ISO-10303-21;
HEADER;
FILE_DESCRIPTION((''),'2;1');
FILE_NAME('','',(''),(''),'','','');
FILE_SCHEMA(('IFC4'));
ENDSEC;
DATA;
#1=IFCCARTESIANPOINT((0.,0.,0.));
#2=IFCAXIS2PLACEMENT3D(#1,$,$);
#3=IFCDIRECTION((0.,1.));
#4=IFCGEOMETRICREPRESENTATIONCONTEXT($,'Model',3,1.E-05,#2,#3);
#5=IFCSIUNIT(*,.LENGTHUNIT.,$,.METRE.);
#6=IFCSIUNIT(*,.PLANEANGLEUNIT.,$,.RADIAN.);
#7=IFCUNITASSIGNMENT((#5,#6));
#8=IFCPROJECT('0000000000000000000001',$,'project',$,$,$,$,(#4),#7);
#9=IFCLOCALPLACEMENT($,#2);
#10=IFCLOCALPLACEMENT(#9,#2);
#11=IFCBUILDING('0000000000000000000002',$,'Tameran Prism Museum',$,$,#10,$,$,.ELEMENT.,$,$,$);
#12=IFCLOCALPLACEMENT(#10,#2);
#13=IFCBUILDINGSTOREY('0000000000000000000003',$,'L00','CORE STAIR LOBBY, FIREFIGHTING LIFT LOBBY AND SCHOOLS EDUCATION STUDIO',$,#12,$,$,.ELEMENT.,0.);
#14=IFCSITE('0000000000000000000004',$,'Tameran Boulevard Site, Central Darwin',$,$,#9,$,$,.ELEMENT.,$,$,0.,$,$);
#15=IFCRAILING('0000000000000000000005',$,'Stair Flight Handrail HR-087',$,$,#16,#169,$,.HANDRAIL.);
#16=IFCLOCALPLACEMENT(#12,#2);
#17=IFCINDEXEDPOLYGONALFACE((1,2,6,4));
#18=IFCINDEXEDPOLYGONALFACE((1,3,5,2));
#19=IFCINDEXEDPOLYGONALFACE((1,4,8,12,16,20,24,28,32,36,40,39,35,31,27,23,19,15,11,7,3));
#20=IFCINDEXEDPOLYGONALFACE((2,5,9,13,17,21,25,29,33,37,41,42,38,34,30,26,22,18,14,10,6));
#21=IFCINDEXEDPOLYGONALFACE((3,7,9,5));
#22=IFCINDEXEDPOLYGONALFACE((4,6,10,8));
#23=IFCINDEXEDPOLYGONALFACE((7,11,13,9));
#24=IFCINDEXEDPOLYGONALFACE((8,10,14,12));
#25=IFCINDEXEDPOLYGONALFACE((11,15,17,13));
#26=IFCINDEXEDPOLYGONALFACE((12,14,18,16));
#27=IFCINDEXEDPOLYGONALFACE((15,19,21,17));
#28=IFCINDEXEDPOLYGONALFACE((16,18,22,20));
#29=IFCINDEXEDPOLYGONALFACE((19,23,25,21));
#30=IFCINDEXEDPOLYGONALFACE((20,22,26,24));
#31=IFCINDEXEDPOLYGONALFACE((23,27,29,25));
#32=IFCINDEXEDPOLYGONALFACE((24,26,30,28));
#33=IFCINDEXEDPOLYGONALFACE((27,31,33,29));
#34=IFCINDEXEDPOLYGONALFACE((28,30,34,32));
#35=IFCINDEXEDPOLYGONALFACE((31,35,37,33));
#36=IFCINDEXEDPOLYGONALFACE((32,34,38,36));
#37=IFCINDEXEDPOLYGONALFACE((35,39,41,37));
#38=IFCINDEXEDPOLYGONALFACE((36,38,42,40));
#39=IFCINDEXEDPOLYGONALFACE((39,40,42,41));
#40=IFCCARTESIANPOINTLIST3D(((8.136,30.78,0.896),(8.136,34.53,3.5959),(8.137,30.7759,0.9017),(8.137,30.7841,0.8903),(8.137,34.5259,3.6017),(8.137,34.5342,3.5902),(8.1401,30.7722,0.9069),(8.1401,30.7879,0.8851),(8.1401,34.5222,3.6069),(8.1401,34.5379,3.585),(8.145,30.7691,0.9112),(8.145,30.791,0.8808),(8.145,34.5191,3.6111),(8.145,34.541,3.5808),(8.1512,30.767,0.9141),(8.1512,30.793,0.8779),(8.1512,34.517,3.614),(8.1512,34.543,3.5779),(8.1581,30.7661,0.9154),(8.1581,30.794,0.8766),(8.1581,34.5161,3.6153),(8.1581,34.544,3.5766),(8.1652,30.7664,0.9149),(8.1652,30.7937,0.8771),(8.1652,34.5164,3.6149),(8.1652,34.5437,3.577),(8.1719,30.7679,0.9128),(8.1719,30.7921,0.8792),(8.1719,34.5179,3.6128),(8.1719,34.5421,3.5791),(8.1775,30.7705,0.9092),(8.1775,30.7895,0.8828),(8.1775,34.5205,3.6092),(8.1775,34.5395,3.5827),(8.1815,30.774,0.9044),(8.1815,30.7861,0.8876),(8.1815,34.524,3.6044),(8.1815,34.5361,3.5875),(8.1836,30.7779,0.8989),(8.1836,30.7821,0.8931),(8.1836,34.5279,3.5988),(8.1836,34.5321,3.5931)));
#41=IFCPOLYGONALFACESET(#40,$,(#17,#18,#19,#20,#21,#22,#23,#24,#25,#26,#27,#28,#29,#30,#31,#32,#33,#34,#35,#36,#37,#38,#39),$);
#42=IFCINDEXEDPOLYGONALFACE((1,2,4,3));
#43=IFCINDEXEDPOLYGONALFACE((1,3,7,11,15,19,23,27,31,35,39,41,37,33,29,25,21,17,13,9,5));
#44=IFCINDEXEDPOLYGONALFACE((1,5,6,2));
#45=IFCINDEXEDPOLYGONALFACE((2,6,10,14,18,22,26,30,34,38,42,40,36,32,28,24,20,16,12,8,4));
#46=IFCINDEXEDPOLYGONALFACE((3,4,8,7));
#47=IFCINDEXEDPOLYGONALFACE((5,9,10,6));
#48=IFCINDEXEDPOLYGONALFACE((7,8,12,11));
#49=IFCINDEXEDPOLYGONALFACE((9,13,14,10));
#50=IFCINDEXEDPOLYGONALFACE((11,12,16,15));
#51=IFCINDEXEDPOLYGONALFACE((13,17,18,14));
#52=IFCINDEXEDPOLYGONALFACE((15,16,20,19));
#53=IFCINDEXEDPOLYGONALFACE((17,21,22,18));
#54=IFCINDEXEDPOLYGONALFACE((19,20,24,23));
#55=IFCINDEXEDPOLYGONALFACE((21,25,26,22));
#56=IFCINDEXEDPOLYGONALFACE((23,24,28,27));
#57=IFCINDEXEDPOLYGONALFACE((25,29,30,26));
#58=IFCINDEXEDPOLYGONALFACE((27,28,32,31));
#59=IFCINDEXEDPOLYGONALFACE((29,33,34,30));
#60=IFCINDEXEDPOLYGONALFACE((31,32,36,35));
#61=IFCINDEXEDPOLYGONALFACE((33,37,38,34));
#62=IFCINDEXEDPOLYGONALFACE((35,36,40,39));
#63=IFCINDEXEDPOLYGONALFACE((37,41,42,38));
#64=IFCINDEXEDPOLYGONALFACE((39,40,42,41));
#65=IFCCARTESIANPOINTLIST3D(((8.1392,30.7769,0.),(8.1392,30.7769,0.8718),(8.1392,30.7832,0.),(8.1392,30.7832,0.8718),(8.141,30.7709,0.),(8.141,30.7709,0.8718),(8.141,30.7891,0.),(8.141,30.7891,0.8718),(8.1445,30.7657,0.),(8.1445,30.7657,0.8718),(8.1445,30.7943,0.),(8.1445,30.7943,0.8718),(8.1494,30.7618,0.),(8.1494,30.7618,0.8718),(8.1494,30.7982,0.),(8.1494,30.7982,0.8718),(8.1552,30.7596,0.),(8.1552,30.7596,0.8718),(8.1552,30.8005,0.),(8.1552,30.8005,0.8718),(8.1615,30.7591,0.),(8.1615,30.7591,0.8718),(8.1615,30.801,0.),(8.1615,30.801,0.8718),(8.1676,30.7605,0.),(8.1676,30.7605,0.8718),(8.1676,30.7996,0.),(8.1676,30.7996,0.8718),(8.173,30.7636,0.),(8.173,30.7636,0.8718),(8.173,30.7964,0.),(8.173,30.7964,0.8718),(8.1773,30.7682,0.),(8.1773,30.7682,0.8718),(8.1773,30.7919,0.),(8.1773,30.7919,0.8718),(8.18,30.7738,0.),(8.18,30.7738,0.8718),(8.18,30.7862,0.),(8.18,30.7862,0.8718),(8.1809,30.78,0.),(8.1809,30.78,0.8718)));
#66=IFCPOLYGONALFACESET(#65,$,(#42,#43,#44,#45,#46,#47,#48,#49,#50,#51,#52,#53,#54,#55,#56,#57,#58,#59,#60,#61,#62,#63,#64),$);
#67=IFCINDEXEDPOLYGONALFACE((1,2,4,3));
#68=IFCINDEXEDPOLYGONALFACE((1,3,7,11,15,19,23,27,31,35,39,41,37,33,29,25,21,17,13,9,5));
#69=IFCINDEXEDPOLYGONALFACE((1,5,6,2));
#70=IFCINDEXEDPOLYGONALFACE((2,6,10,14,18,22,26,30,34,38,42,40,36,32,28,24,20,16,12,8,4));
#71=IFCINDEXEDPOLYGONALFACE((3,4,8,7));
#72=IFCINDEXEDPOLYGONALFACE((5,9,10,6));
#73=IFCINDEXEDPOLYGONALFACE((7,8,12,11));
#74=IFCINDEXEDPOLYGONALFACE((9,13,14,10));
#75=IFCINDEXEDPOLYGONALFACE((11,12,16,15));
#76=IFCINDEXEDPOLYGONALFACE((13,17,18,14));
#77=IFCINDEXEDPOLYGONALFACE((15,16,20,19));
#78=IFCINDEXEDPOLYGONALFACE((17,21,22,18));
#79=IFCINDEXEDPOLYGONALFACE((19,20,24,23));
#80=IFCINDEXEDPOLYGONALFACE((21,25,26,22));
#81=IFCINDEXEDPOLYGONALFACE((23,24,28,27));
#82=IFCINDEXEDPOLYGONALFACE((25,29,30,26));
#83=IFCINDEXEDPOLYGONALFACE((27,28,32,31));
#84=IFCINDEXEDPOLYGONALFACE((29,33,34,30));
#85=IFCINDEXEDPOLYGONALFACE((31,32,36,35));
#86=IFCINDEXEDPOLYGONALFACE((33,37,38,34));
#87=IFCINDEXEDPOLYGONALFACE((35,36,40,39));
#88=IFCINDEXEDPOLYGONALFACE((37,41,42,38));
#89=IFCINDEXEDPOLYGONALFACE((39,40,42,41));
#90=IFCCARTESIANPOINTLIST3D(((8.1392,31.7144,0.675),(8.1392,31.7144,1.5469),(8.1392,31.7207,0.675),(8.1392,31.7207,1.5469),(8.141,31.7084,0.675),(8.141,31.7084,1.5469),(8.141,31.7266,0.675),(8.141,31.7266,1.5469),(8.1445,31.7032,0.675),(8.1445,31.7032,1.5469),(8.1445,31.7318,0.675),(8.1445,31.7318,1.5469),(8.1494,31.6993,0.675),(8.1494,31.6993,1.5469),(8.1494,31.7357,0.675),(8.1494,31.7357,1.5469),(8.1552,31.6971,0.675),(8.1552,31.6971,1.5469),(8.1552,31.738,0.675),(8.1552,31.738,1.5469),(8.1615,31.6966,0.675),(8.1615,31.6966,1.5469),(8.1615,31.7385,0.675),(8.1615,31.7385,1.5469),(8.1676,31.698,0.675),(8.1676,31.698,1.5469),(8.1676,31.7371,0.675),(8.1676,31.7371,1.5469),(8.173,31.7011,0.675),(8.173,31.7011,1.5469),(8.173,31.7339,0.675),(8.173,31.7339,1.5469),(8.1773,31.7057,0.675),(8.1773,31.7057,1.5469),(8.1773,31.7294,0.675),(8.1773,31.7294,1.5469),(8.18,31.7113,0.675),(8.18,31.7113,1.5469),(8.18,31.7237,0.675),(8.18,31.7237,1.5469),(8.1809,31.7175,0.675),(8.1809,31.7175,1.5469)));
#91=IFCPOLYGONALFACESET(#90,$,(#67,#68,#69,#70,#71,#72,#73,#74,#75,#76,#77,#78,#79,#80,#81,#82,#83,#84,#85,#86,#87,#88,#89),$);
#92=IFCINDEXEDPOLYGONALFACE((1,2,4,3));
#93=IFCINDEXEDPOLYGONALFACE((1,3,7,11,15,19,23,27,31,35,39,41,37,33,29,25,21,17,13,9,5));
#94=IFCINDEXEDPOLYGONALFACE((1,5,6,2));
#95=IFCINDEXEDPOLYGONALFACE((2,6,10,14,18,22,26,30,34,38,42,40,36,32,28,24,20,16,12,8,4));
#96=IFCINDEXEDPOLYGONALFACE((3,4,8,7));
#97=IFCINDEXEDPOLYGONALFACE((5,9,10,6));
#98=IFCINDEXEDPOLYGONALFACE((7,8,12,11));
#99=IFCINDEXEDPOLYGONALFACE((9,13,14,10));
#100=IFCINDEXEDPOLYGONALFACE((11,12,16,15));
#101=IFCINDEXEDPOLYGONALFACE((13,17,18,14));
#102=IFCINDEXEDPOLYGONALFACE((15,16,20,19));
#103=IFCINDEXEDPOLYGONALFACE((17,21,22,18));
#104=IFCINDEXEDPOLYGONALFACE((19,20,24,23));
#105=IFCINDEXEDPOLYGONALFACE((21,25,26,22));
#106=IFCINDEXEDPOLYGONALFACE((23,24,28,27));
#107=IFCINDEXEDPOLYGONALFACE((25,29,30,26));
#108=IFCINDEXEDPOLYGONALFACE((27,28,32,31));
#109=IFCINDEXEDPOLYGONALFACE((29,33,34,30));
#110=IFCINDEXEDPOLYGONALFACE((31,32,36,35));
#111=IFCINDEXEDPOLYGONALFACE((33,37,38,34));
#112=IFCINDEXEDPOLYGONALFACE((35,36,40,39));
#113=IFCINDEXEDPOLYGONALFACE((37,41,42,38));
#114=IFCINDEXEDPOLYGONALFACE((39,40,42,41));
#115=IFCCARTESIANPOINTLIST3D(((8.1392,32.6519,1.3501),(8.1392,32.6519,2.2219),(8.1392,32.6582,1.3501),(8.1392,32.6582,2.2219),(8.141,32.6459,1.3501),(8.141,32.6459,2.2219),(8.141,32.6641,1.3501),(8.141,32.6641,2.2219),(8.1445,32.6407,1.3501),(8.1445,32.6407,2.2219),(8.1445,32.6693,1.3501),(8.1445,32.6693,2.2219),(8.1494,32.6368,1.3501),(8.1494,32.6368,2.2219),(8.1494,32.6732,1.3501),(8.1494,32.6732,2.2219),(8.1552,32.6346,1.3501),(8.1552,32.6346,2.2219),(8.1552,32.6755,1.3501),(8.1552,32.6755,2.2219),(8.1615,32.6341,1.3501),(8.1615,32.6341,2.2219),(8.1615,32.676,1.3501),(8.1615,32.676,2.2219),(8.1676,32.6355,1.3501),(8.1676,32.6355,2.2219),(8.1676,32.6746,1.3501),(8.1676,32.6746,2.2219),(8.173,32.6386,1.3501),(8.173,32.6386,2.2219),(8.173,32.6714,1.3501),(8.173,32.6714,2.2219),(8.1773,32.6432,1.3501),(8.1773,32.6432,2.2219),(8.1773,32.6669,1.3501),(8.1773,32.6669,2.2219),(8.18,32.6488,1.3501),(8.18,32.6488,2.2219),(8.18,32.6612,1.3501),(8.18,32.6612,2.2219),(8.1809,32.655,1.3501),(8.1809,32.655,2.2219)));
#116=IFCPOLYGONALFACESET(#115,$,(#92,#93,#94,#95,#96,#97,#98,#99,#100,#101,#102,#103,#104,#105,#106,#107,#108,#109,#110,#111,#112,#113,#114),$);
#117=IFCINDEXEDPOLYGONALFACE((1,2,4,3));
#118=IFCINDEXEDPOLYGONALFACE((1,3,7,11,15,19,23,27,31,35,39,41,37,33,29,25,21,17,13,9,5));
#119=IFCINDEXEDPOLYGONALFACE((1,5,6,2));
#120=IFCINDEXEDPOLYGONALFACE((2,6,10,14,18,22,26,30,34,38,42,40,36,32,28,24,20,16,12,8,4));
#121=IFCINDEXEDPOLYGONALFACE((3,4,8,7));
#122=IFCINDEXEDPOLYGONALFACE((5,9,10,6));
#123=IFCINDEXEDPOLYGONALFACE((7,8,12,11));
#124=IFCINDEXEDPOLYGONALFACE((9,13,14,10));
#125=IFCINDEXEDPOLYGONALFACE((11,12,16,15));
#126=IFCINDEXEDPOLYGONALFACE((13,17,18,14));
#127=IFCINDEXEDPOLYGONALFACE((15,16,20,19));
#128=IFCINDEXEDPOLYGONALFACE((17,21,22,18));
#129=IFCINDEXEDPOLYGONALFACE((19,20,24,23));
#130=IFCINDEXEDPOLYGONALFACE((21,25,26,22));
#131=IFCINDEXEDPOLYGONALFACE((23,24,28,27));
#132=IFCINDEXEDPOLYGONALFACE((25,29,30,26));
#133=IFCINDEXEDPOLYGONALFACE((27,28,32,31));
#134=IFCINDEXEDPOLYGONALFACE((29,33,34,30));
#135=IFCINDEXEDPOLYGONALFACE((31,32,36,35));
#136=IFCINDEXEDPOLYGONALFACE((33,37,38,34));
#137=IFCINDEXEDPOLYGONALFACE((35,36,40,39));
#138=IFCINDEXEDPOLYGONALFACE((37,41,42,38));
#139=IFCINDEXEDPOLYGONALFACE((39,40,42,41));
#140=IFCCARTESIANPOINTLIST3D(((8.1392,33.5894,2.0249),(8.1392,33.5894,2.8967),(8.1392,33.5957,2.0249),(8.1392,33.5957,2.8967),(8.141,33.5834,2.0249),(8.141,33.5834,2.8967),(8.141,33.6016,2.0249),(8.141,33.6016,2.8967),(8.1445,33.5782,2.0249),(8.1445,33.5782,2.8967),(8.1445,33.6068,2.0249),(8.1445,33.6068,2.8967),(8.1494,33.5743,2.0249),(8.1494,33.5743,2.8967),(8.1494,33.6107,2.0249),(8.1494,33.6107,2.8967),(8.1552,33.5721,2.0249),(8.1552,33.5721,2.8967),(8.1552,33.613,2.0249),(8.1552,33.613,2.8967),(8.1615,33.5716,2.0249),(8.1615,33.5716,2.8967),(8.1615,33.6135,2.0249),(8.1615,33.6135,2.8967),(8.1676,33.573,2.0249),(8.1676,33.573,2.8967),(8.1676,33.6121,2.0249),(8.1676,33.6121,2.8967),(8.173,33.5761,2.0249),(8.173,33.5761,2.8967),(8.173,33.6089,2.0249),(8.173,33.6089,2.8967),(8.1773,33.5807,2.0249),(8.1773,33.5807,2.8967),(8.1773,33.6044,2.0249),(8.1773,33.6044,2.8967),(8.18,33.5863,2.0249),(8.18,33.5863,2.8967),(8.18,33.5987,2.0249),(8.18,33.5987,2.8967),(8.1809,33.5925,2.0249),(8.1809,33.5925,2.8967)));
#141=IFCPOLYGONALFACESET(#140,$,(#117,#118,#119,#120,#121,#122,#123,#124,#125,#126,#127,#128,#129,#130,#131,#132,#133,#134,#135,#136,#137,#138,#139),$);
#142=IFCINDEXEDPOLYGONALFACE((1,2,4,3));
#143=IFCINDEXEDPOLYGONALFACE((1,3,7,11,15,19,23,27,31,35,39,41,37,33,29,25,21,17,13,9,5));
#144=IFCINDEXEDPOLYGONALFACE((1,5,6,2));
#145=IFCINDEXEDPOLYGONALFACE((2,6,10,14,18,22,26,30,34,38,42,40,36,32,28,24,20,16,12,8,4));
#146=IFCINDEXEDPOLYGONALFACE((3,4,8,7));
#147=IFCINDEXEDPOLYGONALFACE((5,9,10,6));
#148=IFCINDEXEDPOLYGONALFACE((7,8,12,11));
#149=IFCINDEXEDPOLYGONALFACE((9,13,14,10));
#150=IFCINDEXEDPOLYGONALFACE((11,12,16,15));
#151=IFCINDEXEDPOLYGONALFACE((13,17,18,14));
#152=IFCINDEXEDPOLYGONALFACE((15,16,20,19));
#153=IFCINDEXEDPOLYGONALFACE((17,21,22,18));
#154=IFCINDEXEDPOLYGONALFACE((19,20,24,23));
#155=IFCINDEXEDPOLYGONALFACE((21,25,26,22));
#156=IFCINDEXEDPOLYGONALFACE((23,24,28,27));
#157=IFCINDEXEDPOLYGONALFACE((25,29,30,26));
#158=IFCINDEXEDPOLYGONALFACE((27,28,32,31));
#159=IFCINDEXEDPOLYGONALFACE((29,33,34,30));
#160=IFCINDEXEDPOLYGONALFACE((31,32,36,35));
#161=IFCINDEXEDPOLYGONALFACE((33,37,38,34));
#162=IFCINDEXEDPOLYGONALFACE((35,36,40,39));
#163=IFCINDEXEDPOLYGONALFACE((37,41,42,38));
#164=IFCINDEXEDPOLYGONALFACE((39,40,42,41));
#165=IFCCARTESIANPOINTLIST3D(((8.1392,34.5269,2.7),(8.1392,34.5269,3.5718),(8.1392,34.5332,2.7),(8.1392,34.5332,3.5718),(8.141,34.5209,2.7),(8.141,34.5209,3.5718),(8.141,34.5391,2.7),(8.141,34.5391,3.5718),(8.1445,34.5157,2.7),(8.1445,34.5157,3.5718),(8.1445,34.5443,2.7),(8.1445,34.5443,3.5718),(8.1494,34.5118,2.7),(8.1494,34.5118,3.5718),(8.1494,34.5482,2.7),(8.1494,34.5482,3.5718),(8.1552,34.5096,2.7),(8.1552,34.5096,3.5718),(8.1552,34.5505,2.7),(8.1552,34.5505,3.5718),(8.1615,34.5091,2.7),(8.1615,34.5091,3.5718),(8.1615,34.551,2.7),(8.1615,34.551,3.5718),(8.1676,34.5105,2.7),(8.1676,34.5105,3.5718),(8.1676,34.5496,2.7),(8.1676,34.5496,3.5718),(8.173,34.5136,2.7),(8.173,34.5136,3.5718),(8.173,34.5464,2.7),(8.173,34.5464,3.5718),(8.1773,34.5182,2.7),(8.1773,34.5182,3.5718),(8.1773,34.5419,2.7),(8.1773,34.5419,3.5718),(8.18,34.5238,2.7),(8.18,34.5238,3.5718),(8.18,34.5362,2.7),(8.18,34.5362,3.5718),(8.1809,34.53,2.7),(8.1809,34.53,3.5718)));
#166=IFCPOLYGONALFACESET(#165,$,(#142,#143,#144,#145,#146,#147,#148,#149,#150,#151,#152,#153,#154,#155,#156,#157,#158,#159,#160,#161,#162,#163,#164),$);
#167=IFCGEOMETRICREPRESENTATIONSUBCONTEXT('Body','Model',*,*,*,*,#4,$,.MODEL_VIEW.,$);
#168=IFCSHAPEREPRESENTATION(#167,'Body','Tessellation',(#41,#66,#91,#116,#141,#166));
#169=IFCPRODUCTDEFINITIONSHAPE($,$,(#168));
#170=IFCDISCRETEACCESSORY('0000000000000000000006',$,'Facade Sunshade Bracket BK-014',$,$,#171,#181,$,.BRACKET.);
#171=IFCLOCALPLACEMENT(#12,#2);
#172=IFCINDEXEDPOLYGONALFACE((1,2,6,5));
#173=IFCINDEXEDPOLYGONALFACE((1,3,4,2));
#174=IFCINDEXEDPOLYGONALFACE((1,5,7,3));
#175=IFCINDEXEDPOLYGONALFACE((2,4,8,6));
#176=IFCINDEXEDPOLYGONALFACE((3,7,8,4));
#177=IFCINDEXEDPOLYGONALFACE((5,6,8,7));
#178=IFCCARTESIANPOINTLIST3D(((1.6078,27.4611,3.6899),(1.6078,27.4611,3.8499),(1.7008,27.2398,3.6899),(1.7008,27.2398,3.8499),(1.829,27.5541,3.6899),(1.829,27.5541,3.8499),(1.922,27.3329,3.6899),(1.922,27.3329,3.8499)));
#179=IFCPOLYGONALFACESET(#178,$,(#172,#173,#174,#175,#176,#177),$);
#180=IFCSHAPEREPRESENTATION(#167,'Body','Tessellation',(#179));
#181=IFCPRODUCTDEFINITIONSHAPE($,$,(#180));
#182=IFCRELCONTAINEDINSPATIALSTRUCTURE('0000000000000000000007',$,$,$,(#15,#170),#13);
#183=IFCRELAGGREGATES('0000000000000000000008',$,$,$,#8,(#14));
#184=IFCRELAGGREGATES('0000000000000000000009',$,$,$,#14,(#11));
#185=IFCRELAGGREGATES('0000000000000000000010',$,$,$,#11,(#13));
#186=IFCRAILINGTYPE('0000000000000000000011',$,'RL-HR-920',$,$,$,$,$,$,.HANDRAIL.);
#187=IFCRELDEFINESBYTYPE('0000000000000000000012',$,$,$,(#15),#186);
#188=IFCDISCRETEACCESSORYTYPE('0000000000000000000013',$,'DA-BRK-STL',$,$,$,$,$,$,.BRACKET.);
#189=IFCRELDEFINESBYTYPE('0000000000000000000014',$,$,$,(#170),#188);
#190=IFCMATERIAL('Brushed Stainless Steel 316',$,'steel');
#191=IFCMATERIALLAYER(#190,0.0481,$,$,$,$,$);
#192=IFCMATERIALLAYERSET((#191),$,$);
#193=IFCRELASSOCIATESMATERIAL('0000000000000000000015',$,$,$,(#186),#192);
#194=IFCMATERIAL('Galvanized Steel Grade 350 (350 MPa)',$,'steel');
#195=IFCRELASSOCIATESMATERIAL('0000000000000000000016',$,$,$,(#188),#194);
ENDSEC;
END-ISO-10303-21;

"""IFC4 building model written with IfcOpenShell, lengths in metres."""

from ifc_helpers import new_model, si_unit, direction, frame, origin, origin_2d, place, context, subcontext, project, spatial, rectangle, circle, extrude, material, layer, layer_set, type_object, element, save


model = new_model("IFC4")

# Units and contexts
model_context = context("Model", 3, precision=1e-05, world=origin(), true_north=direction((0.0, 1.0)))
body_context = subcontext(model_context, "Body", "Model", "MODEL_VIEW")
ifc_project = project(units=[si_unit("LENGTHUNIT", "METRE"), si_unit("PLANEANGLEUNIT", "RADIAN")], contexts=[model_context])

# Site, building, storey
site_placement = place(None, origin())
site = spatial("IfcSite", under=ifc_project, at=site_placement, Name="Tameran Boulevard Site, Central Darwin", CompositionType="ELEMENT", RefElevation=0.0)
building_placement = place(site_placement, origin())
building = spatial("IfcBuilding", under=site, at=building_placement, Name="Tameran Prism Museum", CompositionType="ELEMENT")
storey_placement = place(building_placement, origin())
storey = spatial("IfcBuildingStorey", under=building, at=storey_placement, Name="L00", Description="CORE STAIR LOBBY, FIREFIGHTING LIFT LOBBY AND SCHOOLS EDUCATION STUDIO", CompositionType="ELEMENT", Elevation=0.0)

# Railing
ifc_material_1 = material(Name="Brushed Stainless Steel 316", Category="steel")
ifc_layer_1 = layer(ifc_material_1, 0.0481)
ifc_layer_set_1 = layer_set([ifc_layer_1])
railing_type = type_object("IfcRailingType", Name="RL-HR-920", PredefinedType="HANDRAIL", material=ifc_layer_set_1)
railing_placement = place(storey_placement, frame((8.1599, 30.78, 0.0)))
element("IfcRailing", 1, at=railing_placement, inside=storey, type_object=railing_type, Name="Stair Flight Handrail HR-087", PredefinedType="HANDRAIL", context=body_context, shape_type="SweptSolid", body=[
    extrude(circle(Radius=0.0239, at=origin_2d()), frame((0.0, 0.0, 0.896), z_axis=(0.0, 0.811539, 0.584298), x_axis=(-1.0, 0.0, 0.0)), (0.0, 0.0, 1.0), 4.6208),
    extrude(circle(Radius=0.021, at=origin_2d()), origin(), (0.0, 0.0, 1.0), 0.8718),
    extrude(circle(Radius=0.021, at=origin_2d()), frame((0.0, 0.9375, 0.675)), (0.0, 0.0, 1.0), 0.8718),
    extrude(circle(Radius=0.021, at=origin_2d()), frame((0.0, 1.875, 1.3501)), (0.0, 0.0, 1.0), 0.8718),
    extrude(circle(Radius=0.021, at=origin_2d()), frame((0.0, 2.8125, 2.0249)), (0.0, 0.0, 1.0), 0.8718),
    extrude(circle(Radius=0.021, at=origin_2d()), frame((0.0, 3.75, 2.7)), (0.0, 0.0, 1.0), 0.8718),
])

# Discrete accessory
ifc_material_2 = material(Name="Galvanized Steel Grade 350 (350 MPa)", Category="steel")
discrete_accessory_type = type_object("IfcDiscreteAccessoryType", Name="DA-BRK-STL", PredefinedType="BRACKET", material=ifc_material_2)
discrete_accessory_placement = place(storey_placement, frame((1.7649, 27.397, 3.6899), z_axis=(0.0, 0.0, 1.0), x_axis=(-0.387676, 0.921796, 0.0)))
element("IfcDiscreteAccessory", 2, at=discrete_accessory_placement, inside=storey, type_object=discrete_accessory_type, Name="Facade Sunshade Bracket BK-014", PredefinedType="BRACKET", context=body_context, shape_type="SweptSolid", body=[
    extrude(rectangle(XDim=0.24, YDim=0.24, at=origin_2d()), origin(), (0.0, 0.0, 1.0), 0.1599),
])

save(model, "model.ifc")
